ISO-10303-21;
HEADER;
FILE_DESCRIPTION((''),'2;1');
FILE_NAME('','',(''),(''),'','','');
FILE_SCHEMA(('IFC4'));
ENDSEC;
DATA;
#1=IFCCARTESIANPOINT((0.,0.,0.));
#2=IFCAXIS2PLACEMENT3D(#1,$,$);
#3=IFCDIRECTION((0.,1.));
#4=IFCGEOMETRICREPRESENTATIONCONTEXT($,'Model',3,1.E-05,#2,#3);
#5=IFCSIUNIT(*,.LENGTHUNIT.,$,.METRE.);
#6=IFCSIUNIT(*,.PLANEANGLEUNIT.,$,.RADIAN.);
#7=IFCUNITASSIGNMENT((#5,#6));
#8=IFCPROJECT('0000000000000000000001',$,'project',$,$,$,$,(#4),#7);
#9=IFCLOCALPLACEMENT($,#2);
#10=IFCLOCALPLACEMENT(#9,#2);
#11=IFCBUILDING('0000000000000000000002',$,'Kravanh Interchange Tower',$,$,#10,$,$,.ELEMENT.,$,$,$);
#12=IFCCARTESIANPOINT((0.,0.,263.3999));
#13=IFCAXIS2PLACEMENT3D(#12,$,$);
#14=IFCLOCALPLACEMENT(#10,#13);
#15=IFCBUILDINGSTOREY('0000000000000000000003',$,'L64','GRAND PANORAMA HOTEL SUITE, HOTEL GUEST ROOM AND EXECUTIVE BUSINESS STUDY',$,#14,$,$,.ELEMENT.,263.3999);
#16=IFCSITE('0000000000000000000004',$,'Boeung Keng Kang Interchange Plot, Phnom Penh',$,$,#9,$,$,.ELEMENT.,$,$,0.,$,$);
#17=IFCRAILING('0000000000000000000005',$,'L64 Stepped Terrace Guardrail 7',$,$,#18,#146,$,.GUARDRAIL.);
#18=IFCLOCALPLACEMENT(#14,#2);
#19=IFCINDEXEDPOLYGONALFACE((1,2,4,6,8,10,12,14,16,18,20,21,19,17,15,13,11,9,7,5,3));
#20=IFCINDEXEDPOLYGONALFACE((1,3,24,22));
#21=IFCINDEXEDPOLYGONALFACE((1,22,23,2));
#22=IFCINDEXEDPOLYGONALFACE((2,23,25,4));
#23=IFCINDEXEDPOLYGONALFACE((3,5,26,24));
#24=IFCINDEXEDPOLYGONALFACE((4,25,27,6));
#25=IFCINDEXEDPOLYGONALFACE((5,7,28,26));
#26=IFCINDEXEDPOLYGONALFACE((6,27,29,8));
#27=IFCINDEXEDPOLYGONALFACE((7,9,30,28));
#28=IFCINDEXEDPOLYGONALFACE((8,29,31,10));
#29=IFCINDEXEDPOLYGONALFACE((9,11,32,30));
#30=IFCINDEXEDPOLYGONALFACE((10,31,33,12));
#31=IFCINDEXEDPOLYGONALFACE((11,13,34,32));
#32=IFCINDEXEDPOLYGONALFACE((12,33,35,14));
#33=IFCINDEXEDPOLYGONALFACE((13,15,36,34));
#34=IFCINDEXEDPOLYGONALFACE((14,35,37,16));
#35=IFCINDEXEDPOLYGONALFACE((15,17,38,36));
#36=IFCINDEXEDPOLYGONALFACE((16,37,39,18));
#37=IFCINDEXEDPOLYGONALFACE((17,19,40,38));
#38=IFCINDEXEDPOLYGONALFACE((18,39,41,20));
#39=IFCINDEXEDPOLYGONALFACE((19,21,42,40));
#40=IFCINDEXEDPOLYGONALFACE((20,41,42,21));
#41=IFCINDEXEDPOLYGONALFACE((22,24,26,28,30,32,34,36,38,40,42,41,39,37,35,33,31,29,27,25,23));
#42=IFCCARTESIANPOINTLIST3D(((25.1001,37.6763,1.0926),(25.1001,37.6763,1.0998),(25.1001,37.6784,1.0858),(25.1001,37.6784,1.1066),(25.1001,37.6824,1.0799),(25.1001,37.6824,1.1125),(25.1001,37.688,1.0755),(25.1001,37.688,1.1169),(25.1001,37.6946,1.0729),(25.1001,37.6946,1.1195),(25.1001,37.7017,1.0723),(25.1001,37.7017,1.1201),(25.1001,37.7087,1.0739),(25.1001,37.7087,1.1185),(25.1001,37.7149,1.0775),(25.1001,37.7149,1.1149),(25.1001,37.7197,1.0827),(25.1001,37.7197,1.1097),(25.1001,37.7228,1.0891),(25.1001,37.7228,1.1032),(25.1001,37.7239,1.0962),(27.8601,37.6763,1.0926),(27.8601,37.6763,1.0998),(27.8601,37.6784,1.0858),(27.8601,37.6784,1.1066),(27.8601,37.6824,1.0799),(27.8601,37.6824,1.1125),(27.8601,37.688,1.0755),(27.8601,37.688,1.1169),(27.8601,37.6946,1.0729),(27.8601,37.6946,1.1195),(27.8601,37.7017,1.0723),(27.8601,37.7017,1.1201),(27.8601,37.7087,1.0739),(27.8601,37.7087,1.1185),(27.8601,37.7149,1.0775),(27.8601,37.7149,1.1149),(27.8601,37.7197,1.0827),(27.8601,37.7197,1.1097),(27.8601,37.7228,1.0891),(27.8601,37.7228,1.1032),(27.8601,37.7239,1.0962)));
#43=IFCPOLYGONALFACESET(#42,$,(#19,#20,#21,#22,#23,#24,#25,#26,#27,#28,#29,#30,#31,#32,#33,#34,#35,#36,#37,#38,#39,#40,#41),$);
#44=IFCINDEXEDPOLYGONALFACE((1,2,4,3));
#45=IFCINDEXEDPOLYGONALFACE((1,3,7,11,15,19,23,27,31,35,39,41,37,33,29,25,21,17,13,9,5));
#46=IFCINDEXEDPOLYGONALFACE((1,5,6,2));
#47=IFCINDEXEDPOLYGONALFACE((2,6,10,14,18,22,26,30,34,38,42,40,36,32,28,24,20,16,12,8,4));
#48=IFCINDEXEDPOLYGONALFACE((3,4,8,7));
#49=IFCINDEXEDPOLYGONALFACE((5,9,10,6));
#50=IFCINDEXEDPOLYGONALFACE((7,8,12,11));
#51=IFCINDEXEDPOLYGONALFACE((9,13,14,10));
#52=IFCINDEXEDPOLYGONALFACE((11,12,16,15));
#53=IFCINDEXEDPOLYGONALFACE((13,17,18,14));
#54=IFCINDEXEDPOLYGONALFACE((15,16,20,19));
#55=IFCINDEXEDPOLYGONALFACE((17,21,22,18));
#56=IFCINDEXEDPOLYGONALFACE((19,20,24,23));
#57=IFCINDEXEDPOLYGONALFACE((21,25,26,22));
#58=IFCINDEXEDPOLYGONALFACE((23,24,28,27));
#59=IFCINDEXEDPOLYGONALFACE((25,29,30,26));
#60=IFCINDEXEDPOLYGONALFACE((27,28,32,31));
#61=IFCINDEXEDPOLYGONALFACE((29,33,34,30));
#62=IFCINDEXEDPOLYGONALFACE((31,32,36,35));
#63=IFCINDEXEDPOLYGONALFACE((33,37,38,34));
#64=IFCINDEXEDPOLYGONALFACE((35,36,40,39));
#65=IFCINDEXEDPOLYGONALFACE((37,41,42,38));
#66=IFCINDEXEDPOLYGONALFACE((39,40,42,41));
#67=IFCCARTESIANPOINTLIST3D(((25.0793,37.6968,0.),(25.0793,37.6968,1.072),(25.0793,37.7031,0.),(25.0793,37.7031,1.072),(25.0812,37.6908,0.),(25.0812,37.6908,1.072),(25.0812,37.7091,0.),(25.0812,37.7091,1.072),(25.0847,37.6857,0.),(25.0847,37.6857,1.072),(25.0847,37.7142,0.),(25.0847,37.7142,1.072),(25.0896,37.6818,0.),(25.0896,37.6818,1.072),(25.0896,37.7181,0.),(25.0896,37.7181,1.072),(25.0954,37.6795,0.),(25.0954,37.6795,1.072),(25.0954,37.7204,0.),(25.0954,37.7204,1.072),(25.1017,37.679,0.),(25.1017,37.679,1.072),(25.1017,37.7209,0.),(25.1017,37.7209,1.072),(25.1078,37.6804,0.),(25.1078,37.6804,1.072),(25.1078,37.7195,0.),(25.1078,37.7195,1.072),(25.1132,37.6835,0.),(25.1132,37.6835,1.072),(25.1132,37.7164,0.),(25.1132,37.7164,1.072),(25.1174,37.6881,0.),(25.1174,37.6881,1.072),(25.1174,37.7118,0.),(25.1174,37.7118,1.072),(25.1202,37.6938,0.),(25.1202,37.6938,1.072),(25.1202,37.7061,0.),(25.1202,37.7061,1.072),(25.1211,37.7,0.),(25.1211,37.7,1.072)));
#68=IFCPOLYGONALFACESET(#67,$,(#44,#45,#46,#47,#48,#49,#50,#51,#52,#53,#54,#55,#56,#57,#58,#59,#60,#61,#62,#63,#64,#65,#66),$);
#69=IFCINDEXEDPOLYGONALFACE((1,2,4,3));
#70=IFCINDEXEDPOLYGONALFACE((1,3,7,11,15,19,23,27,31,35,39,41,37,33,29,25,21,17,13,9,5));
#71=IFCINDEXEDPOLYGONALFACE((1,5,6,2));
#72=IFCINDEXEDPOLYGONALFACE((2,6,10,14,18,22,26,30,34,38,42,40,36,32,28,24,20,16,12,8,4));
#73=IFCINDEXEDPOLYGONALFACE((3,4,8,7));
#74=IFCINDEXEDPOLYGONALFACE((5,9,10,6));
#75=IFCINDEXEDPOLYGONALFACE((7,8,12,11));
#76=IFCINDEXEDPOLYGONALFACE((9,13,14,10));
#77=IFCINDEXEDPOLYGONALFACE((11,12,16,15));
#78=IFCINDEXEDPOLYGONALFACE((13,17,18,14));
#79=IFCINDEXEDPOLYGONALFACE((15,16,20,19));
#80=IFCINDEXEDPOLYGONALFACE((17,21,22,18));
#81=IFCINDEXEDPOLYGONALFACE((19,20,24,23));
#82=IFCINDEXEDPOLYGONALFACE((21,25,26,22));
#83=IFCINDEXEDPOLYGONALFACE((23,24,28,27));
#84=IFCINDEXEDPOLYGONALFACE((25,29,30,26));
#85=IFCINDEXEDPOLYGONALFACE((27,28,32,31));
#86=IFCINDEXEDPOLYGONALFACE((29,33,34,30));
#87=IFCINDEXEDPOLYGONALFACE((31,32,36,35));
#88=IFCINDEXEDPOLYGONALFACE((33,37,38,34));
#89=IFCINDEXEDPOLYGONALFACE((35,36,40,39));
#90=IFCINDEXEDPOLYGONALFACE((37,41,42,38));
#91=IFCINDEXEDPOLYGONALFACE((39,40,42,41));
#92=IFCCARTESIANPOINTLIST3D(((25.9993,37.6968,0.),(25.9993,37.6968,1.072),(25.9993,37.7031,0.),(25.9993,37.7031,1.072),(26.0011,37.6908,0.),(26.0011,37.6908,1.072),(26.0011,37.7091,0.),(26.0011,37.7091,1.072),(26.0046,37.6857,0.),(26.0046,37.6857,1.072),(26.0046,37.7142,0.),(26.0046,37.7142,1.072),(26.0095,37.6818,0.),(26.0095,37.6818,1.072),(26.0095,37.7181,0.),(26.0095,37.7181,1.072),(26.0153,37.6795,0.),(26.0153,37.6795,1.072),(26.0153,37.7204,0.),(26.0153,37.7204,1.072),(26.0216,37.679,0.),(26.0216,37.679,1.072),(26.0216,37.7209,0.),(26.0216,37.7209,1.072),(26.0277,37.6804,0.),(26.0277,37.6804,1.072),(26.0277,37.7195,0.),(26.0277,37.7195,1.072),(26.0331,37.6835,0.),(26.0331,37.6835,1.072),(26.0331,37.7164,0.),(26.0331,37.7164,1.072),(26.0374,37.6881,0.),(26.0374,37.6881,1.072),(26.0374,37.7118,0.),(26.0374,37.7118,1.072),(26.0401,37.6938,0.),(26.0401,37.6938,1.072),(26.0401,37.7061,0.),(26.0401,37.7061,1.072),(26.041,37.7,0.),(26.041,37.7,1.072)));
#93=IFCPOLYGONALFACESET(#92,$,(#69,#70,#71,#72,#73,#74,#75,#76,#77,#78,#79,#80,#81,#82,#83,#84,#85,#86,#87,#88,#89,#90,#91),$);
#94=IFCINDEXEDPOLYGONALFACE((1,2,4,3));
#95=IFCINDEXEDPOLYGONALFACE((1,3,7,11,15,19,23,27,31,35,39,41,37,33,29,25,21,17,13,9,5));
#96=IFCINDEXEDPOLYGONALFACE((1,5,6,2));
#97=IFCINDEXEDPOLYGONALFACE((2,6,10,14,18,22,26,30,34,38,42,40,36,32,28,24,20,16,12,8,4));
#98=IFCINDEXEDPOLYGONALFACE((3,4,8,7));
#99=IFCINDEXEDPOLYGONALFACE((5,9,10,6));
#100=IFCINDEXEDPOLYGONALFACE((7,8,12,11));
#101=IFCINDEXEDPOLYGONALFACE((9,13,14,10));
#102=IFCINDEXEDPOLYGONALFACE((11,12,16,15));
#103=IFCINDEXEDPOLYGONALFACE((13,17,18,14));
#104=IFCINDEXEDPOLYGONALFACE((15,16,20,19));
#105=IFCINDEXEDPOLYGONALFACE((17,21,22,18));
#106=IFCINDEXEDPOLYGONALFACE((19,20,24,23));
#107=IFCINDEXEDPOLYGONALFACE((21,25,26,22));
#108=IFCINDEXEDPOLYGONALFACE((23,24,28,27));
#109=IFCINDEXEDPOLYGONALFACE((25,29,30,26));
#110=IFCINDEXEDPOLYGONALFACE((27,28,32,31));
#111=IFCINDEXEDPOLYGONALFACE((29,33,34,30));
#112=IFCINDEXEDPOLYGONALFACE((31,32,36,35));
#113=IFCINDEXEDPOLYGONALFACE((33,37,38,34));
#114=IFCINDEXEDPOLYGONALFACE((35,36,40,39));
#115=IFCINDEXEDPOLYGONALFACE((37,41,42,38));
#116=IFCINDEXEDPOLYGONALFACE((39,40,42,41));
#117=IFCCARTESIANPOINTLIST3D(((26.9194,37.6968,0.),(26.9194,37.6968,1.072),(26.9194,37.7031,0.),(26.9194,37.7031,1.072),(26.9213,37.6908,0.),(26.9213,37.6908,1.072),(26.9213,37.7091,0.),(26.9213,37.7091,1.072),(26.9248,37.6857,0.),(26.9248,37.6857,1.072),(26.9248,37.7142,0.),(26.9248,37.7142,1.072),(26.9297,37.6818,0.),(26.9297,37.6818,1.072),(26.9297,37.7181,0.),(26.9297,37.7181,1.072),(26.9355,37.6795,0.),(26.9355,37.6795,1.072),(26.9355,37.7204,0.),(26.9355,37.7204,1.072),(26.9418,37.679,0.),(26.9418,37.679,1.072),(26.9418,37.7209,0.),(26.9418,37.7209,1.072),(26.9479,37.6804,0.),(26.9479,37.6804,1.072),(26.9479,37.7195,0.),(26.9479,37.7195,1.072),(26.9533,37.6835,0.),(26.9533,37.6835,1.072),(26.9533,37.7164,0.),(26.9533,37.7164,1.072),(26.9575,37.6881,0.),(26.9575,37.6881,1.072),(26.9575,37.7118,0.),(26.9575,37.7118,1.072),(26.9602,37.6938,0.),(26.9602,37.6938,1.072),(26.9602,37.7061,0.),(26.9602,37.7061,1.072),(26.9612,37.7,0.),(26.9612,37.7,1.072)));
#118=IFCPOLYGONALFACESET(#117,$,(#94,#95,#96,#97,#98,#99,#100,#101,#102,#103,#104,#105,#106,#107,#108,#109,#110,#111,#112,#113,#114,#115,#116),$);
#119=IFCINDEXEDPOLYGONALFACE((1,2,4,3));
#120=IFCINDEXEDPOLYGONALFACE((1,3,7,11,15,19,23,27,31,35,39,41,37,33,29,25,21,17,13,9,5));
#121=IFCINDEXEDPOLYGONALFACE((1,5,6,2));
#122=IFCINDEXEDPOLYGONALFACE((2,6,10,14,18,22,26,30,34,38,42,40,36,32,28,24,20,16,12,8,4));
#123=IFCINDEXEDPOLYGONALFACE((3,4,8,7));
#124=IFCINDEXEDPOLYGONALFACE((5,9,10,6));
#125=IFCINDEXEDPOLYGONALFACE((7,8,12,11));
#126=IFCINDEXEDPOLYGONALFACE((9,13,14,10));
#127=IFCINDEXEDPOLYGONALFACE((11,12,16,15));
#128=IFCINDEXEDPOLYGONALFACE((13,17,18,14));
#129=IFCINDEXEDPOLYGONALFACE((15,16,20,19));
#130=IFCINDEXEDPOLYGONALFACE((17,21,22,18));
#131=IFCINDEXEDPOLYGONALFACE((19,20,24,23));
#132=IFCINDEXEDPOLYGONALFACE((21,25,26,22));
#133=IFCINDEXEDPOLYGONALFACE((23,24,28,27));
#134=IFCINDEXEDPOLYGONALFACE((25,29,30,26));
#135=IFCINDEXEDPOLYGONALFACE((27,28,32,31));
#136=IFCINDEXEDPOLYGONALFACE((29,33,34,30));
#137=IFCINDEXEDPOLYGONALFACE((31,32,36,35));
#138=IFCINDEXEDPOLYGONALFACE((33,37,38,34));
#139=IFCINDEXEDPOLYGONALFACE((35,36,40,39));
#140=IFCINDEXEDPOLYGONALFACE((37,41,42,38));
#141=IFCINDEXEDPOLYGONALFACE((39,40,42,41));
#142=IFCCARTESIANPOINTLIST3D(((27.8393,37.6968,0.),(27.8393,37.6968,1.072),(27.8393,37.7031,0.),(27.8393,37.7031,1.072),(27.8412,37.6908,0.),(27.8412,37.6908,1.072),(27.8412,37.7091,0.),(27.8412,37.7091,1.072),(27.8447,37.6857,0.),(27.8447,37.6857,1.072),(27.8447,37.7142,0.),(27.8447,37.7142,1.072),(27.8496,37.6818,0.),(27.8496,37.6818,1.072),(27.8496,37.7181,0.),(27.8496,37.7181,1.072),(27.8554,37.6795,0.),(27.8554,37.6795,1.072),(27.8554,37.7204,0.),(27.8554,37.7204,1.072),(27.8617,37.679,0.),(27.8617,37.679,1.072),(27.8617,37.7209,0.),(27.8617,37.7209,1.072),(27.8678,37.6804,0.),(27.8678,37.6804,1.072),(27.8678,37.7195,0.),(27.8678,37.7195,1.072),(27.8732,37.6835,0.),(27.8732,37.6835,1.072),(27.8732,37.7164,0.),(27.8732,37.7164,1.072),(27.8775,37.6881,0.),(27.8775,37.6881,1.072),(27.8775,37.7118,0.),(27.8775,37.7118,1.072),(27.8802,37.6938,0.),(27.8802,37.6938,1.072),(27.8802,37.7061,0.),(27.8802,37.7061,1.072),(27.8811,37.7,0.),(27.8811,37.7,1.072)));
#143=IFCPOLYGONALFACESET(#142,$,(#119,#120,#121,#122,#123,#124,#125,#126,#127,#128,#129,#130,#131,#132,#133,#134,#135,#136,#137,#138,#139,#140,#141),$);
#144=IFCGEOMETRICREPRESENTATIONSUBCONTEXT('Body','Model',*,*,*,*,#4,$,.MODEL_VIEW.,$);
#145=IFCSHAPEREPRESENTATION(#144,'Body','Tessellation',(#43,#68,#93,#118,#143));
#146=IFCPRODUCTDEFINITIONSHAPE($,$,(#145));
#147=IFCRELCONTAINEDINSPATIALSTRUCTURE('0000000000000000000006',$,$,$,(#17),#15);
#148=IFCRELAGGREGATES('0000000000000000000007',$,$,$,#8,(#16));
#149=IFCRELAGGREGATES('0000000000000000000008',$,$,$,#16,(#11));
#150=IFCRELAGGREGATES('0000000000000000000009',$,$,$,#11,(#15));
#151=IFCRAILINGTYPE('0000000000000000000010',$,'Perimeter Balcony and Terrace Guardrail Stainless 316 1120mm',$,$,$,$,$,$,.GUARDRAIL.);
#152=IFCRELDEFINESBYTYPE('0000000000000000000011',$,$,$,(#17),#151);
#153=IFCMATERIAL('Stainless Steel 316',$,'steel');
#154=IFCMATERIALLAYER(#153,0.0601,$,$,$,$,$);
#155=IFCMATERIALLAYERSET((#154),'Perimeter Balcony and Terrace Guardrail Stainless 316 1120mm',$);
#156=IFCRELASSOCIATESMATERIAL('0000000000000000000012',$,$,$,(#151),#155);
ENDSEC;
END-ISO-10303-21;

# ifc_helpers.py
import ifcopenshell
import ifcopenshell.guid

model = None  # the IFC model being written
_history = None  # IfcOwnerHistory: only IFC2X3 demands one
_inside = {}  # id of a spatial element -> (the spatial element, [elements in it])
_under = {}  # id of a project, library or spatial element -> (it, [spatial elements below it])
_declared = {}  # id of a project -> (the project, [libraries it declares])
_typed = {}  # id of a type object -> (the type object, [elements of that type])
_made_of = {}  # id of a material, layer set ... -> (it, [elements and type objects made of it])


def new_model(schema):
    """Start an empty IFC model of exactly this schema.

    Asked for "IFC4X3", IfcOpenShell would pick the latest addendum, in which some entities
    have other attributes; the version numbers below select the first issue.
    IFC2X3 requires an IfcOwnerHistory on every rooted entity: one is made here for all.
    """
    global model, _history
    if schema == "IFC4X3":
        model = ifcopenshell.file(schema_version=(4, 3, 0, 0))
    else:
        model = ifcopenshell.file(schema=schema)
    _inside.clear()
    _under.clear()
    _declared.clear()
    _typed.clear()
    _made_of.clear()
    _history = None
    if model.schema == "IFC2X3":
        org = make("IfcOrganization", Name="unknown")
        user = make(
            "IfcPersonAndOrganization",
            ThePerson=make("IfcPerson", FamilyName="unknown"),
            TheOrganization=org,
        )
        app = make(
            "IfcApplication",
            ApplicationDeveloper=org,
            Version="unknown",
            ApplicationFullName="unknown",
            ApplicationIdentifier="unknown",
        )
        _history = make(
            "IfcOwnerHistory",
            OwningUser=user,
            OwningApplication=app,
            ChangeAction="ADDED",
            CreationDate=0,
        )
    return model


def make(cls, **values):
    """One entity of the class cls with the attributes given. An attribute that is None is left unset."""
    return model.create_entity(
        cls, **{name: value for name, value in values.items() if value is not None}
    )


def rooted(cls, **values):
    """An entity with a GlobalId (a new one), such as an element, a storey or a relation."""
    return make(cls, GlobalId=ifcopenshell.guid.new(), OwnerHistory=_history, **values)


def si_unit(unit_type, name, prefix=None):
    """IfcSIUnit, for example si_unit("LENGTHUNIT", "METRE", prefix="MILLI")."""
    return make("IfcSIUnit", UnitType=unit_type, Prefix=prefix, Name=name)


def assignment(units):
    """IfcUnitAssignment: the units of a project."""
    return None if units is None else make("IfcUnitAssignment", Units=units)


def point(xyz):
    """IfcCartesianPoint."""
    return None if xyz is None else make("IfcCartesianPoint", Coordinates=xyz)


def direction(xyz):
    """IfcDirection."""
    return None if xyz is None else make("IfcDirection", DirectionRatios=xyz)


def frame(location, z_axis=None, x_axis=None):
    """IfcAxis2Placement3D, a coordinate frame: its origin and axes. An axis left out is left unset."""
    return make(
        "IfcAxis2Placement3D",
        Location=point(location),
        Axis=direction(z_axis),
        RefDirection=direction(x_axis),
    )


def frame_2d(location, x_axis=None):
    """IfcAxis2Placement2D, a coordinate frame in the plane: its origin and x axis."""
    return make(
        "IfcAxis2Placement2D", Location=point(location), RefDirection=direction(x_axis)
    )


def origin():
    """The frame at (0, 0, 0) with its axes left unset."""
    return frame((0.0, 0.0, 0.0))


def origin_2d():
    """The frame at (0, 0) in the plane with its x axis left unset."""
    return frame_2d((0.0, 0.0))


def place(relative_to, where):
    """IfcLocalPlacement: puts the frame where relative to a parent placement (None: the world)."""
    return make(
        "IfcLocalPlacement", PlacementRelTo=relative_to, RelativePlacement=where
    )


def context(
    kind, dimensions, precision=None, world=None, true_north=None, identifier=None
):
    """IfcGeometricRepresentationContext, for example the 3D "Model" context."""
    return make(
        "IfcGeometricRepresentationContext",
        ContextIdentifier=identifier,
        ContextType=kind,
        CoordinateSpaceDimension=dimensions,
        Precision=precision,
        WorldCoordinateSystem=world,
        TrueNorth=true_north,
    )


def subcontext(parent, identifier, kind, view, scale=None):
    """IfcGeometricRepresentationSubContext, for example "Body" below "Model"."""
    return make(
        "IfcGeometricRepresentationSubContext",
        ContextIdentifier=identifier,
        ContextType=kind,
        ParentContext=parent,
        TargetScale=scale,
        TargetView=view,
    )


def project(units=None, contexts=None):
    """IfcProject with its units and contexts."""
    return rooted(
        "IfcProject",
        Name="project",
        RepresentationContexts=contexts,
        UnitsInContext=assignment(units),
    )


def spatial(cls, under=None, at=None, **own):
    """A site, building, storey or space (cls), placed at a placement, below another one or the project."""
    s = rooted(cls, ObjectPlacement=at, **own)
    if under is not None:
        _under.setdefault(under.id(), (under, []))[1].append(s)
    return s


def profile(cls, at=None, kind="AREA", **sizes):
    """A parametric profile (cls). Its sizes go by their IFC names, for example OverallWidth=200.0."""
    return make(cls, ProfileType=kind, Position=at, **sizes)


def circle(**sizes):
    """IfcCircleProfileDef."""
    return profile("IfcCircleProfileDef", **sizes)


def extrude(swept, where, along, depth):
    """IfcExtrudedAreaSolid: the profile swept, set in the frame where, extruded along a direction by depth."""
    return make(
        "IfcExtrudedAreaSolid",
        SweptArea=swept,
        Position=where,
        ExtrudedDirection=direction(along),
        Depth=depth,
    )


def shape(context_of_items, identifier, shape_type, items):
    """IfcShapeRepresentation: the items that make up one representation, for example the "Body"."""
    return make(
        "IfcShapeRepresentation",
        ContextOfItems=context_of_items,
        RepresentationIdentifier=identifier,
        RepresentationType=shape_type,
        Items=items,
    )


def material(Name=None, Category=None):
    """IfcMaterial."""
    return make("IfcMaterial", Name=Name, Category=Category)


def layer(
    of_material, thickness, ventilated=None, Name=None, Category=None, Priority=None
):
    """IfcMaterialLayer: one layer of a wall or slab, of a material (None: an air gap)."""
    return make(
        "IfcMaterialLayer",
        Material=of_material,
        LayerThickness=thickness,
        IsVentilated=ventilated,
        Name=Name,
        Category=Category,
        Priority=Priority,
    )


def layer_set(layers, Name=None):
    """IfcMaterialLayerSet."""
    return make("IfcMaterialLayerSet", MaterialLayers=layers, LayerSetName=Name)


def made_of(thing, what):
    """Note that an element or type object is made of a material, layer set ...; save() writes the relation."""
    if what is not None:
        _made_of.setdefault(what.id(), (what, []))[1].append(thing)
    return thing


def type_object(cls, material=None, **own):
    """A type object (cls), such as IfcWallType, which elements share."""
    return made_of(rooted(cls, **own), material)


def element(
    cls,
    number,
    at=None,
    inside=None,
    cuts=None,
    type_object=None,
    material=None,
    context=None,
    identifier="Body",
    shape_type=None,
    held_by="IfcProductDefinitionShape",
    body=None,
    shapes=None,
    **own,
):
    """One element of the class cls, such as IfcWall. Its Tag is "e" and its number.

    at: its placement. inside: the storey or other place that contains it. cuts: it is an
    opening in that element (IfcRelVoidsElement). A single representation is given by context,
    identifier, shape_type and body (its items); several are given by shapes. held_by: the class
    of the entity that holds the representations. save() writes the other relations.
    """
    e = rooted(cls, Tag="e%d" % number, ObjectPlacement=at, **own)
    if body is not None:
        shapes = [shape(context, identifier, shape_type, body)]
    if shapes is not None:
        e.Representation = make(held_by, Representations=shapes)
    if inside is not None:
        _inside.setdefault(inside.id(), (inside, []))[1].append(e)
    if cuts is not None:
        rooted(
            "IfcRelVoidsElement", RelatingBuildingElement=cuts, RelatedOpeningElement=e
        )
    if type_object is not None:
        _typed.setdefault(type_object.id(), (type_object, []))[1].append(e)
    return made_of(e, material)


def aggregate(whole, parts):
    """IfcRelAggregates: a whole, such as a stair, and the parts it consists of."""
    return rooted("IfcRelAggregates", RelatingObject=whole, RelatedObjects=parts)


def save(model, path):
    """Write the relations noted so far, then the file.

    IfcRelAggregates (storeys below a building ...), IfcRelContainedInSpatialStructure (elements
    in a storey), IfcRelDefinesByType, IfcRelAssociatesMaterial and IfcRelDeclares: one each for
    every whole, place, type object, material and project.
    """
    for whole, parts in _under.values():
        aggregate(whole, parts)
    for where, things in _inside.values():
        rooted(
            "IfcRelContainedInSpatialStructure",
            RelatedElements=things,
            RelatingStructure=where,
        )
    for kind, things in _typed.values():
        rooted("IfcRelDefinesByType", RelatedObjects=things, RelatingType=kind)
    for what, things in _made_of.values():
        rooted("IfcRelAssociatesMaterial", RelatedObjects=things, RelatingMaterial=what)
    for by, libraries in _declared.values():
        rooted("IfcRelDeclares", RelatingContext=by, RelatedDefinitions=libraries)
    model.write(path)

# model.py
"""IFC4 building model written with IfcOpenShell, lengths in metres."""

from ifc_helpers import new_model, si_unit, direction, frame, origin, origin_2d, place, context, subcontext, project, spatial, circle, extrude, material, layer, layer_set, type_object, element, save


model = new_model("IFC4")

# Units and contexts
model_context = context("Model", 3, precision=1e-05, world=origin(), true_north=direction((0.0, 1.0)))
body_context = subcontext(model_context, "Body", "Model", "MODEL_VIEW")
ifc_project = project(units=[si_unit("LENGTHUNIT", "METRE"), si_unit("PLANEANGLEUNIT", "RADIAN")], contexts=[model_context])

# Site, building, storey
site_placement = place(None, origin())
site = spatial("IfcSite", under=ifc_project, at=site_placement, Name="Boeung Keng Kang Interchange Plot, Phnom Penh", CompositionType="ELEMENT", RefElevation=0.0)
building_placement = place(site_placement, origin())
building = spatial("IfcBuilding", under=site, at=building_placement, Name="Kravanh Interchange Tower", CompositionType="ELEMENT")
storey_placement = place(building_placement, frame((0.0, 0.0, 263.3999)))
storey = spatial("IfcBuildingStorey", under=building, at=storey_placement, Name="L64", Description="GRAND PANORAMA HOTEL SUITE, HOTEL GUEST ROOM AND EXECUTIVE BUSINESS STUDY", CompositionType="ELEMENT", Elevation=263.3999)

# Railing
ifc_material_1 = material(Name="Stainless Steel 316", Category="steel")
ifc_layer_1 = layer(ifc_material_1, 0.0601)
ifc_layer_set_1 = layer_set([ifc_layer_1], Name="Perimeter Balcony and Terrace Guardrail Stainless 316 1120mm")
railing_type = type_object("IfcRailingType", Name="Perimeter Balcony and Terrace Guardrail Stainless 316 1120mm", PredefinedType="GUARDRAIL", material=ifc_layer_set_1)
railing_placement = place(storey_placement, frame((25.1001, 37.7, 0.0)))
element("IfcRailing", 1, at=railing_placement, inside=storey, type_object=railing_type, Name="L64 Stepped Terrace Guardrail 7", PredefinedType="GUARDRAIL", context=body_context, shape_type="SweptSolid", body=[
    extrude(circle(Radius=0.0239, at=origin_2d()), frame((0.0, 0.0, 1.0962), z_axis=(1.0, 0.0, 0.0), x_axis=(0.0, 1.0, 0.0)), (0.0, 0.0, 1.0), 2.76),
    extrude(circle(Radius=0.021, at=origin_2d()), origin(), (0.0, 0.0, 1.0), 1.072),
    extrude(circle(Radius=0.021, at=origin_2d()), frame((0.9199, 0.0, 0.0)), (0.0, 0.0, 1.0), 1.072),
    extrude(circle(Radius=0.021, at=origin_2d()), frame((1.8401, 0.0, 0.0)), (0.0, 0.0, 1.0), 1.072),
    extrude(circle(Radius=0.021, at=origin_2d()), frame((2.76, 0.0, 0.0)), (0.0, 0.0, 1.0), 1.072),
])

save(model, "model.ifc")
